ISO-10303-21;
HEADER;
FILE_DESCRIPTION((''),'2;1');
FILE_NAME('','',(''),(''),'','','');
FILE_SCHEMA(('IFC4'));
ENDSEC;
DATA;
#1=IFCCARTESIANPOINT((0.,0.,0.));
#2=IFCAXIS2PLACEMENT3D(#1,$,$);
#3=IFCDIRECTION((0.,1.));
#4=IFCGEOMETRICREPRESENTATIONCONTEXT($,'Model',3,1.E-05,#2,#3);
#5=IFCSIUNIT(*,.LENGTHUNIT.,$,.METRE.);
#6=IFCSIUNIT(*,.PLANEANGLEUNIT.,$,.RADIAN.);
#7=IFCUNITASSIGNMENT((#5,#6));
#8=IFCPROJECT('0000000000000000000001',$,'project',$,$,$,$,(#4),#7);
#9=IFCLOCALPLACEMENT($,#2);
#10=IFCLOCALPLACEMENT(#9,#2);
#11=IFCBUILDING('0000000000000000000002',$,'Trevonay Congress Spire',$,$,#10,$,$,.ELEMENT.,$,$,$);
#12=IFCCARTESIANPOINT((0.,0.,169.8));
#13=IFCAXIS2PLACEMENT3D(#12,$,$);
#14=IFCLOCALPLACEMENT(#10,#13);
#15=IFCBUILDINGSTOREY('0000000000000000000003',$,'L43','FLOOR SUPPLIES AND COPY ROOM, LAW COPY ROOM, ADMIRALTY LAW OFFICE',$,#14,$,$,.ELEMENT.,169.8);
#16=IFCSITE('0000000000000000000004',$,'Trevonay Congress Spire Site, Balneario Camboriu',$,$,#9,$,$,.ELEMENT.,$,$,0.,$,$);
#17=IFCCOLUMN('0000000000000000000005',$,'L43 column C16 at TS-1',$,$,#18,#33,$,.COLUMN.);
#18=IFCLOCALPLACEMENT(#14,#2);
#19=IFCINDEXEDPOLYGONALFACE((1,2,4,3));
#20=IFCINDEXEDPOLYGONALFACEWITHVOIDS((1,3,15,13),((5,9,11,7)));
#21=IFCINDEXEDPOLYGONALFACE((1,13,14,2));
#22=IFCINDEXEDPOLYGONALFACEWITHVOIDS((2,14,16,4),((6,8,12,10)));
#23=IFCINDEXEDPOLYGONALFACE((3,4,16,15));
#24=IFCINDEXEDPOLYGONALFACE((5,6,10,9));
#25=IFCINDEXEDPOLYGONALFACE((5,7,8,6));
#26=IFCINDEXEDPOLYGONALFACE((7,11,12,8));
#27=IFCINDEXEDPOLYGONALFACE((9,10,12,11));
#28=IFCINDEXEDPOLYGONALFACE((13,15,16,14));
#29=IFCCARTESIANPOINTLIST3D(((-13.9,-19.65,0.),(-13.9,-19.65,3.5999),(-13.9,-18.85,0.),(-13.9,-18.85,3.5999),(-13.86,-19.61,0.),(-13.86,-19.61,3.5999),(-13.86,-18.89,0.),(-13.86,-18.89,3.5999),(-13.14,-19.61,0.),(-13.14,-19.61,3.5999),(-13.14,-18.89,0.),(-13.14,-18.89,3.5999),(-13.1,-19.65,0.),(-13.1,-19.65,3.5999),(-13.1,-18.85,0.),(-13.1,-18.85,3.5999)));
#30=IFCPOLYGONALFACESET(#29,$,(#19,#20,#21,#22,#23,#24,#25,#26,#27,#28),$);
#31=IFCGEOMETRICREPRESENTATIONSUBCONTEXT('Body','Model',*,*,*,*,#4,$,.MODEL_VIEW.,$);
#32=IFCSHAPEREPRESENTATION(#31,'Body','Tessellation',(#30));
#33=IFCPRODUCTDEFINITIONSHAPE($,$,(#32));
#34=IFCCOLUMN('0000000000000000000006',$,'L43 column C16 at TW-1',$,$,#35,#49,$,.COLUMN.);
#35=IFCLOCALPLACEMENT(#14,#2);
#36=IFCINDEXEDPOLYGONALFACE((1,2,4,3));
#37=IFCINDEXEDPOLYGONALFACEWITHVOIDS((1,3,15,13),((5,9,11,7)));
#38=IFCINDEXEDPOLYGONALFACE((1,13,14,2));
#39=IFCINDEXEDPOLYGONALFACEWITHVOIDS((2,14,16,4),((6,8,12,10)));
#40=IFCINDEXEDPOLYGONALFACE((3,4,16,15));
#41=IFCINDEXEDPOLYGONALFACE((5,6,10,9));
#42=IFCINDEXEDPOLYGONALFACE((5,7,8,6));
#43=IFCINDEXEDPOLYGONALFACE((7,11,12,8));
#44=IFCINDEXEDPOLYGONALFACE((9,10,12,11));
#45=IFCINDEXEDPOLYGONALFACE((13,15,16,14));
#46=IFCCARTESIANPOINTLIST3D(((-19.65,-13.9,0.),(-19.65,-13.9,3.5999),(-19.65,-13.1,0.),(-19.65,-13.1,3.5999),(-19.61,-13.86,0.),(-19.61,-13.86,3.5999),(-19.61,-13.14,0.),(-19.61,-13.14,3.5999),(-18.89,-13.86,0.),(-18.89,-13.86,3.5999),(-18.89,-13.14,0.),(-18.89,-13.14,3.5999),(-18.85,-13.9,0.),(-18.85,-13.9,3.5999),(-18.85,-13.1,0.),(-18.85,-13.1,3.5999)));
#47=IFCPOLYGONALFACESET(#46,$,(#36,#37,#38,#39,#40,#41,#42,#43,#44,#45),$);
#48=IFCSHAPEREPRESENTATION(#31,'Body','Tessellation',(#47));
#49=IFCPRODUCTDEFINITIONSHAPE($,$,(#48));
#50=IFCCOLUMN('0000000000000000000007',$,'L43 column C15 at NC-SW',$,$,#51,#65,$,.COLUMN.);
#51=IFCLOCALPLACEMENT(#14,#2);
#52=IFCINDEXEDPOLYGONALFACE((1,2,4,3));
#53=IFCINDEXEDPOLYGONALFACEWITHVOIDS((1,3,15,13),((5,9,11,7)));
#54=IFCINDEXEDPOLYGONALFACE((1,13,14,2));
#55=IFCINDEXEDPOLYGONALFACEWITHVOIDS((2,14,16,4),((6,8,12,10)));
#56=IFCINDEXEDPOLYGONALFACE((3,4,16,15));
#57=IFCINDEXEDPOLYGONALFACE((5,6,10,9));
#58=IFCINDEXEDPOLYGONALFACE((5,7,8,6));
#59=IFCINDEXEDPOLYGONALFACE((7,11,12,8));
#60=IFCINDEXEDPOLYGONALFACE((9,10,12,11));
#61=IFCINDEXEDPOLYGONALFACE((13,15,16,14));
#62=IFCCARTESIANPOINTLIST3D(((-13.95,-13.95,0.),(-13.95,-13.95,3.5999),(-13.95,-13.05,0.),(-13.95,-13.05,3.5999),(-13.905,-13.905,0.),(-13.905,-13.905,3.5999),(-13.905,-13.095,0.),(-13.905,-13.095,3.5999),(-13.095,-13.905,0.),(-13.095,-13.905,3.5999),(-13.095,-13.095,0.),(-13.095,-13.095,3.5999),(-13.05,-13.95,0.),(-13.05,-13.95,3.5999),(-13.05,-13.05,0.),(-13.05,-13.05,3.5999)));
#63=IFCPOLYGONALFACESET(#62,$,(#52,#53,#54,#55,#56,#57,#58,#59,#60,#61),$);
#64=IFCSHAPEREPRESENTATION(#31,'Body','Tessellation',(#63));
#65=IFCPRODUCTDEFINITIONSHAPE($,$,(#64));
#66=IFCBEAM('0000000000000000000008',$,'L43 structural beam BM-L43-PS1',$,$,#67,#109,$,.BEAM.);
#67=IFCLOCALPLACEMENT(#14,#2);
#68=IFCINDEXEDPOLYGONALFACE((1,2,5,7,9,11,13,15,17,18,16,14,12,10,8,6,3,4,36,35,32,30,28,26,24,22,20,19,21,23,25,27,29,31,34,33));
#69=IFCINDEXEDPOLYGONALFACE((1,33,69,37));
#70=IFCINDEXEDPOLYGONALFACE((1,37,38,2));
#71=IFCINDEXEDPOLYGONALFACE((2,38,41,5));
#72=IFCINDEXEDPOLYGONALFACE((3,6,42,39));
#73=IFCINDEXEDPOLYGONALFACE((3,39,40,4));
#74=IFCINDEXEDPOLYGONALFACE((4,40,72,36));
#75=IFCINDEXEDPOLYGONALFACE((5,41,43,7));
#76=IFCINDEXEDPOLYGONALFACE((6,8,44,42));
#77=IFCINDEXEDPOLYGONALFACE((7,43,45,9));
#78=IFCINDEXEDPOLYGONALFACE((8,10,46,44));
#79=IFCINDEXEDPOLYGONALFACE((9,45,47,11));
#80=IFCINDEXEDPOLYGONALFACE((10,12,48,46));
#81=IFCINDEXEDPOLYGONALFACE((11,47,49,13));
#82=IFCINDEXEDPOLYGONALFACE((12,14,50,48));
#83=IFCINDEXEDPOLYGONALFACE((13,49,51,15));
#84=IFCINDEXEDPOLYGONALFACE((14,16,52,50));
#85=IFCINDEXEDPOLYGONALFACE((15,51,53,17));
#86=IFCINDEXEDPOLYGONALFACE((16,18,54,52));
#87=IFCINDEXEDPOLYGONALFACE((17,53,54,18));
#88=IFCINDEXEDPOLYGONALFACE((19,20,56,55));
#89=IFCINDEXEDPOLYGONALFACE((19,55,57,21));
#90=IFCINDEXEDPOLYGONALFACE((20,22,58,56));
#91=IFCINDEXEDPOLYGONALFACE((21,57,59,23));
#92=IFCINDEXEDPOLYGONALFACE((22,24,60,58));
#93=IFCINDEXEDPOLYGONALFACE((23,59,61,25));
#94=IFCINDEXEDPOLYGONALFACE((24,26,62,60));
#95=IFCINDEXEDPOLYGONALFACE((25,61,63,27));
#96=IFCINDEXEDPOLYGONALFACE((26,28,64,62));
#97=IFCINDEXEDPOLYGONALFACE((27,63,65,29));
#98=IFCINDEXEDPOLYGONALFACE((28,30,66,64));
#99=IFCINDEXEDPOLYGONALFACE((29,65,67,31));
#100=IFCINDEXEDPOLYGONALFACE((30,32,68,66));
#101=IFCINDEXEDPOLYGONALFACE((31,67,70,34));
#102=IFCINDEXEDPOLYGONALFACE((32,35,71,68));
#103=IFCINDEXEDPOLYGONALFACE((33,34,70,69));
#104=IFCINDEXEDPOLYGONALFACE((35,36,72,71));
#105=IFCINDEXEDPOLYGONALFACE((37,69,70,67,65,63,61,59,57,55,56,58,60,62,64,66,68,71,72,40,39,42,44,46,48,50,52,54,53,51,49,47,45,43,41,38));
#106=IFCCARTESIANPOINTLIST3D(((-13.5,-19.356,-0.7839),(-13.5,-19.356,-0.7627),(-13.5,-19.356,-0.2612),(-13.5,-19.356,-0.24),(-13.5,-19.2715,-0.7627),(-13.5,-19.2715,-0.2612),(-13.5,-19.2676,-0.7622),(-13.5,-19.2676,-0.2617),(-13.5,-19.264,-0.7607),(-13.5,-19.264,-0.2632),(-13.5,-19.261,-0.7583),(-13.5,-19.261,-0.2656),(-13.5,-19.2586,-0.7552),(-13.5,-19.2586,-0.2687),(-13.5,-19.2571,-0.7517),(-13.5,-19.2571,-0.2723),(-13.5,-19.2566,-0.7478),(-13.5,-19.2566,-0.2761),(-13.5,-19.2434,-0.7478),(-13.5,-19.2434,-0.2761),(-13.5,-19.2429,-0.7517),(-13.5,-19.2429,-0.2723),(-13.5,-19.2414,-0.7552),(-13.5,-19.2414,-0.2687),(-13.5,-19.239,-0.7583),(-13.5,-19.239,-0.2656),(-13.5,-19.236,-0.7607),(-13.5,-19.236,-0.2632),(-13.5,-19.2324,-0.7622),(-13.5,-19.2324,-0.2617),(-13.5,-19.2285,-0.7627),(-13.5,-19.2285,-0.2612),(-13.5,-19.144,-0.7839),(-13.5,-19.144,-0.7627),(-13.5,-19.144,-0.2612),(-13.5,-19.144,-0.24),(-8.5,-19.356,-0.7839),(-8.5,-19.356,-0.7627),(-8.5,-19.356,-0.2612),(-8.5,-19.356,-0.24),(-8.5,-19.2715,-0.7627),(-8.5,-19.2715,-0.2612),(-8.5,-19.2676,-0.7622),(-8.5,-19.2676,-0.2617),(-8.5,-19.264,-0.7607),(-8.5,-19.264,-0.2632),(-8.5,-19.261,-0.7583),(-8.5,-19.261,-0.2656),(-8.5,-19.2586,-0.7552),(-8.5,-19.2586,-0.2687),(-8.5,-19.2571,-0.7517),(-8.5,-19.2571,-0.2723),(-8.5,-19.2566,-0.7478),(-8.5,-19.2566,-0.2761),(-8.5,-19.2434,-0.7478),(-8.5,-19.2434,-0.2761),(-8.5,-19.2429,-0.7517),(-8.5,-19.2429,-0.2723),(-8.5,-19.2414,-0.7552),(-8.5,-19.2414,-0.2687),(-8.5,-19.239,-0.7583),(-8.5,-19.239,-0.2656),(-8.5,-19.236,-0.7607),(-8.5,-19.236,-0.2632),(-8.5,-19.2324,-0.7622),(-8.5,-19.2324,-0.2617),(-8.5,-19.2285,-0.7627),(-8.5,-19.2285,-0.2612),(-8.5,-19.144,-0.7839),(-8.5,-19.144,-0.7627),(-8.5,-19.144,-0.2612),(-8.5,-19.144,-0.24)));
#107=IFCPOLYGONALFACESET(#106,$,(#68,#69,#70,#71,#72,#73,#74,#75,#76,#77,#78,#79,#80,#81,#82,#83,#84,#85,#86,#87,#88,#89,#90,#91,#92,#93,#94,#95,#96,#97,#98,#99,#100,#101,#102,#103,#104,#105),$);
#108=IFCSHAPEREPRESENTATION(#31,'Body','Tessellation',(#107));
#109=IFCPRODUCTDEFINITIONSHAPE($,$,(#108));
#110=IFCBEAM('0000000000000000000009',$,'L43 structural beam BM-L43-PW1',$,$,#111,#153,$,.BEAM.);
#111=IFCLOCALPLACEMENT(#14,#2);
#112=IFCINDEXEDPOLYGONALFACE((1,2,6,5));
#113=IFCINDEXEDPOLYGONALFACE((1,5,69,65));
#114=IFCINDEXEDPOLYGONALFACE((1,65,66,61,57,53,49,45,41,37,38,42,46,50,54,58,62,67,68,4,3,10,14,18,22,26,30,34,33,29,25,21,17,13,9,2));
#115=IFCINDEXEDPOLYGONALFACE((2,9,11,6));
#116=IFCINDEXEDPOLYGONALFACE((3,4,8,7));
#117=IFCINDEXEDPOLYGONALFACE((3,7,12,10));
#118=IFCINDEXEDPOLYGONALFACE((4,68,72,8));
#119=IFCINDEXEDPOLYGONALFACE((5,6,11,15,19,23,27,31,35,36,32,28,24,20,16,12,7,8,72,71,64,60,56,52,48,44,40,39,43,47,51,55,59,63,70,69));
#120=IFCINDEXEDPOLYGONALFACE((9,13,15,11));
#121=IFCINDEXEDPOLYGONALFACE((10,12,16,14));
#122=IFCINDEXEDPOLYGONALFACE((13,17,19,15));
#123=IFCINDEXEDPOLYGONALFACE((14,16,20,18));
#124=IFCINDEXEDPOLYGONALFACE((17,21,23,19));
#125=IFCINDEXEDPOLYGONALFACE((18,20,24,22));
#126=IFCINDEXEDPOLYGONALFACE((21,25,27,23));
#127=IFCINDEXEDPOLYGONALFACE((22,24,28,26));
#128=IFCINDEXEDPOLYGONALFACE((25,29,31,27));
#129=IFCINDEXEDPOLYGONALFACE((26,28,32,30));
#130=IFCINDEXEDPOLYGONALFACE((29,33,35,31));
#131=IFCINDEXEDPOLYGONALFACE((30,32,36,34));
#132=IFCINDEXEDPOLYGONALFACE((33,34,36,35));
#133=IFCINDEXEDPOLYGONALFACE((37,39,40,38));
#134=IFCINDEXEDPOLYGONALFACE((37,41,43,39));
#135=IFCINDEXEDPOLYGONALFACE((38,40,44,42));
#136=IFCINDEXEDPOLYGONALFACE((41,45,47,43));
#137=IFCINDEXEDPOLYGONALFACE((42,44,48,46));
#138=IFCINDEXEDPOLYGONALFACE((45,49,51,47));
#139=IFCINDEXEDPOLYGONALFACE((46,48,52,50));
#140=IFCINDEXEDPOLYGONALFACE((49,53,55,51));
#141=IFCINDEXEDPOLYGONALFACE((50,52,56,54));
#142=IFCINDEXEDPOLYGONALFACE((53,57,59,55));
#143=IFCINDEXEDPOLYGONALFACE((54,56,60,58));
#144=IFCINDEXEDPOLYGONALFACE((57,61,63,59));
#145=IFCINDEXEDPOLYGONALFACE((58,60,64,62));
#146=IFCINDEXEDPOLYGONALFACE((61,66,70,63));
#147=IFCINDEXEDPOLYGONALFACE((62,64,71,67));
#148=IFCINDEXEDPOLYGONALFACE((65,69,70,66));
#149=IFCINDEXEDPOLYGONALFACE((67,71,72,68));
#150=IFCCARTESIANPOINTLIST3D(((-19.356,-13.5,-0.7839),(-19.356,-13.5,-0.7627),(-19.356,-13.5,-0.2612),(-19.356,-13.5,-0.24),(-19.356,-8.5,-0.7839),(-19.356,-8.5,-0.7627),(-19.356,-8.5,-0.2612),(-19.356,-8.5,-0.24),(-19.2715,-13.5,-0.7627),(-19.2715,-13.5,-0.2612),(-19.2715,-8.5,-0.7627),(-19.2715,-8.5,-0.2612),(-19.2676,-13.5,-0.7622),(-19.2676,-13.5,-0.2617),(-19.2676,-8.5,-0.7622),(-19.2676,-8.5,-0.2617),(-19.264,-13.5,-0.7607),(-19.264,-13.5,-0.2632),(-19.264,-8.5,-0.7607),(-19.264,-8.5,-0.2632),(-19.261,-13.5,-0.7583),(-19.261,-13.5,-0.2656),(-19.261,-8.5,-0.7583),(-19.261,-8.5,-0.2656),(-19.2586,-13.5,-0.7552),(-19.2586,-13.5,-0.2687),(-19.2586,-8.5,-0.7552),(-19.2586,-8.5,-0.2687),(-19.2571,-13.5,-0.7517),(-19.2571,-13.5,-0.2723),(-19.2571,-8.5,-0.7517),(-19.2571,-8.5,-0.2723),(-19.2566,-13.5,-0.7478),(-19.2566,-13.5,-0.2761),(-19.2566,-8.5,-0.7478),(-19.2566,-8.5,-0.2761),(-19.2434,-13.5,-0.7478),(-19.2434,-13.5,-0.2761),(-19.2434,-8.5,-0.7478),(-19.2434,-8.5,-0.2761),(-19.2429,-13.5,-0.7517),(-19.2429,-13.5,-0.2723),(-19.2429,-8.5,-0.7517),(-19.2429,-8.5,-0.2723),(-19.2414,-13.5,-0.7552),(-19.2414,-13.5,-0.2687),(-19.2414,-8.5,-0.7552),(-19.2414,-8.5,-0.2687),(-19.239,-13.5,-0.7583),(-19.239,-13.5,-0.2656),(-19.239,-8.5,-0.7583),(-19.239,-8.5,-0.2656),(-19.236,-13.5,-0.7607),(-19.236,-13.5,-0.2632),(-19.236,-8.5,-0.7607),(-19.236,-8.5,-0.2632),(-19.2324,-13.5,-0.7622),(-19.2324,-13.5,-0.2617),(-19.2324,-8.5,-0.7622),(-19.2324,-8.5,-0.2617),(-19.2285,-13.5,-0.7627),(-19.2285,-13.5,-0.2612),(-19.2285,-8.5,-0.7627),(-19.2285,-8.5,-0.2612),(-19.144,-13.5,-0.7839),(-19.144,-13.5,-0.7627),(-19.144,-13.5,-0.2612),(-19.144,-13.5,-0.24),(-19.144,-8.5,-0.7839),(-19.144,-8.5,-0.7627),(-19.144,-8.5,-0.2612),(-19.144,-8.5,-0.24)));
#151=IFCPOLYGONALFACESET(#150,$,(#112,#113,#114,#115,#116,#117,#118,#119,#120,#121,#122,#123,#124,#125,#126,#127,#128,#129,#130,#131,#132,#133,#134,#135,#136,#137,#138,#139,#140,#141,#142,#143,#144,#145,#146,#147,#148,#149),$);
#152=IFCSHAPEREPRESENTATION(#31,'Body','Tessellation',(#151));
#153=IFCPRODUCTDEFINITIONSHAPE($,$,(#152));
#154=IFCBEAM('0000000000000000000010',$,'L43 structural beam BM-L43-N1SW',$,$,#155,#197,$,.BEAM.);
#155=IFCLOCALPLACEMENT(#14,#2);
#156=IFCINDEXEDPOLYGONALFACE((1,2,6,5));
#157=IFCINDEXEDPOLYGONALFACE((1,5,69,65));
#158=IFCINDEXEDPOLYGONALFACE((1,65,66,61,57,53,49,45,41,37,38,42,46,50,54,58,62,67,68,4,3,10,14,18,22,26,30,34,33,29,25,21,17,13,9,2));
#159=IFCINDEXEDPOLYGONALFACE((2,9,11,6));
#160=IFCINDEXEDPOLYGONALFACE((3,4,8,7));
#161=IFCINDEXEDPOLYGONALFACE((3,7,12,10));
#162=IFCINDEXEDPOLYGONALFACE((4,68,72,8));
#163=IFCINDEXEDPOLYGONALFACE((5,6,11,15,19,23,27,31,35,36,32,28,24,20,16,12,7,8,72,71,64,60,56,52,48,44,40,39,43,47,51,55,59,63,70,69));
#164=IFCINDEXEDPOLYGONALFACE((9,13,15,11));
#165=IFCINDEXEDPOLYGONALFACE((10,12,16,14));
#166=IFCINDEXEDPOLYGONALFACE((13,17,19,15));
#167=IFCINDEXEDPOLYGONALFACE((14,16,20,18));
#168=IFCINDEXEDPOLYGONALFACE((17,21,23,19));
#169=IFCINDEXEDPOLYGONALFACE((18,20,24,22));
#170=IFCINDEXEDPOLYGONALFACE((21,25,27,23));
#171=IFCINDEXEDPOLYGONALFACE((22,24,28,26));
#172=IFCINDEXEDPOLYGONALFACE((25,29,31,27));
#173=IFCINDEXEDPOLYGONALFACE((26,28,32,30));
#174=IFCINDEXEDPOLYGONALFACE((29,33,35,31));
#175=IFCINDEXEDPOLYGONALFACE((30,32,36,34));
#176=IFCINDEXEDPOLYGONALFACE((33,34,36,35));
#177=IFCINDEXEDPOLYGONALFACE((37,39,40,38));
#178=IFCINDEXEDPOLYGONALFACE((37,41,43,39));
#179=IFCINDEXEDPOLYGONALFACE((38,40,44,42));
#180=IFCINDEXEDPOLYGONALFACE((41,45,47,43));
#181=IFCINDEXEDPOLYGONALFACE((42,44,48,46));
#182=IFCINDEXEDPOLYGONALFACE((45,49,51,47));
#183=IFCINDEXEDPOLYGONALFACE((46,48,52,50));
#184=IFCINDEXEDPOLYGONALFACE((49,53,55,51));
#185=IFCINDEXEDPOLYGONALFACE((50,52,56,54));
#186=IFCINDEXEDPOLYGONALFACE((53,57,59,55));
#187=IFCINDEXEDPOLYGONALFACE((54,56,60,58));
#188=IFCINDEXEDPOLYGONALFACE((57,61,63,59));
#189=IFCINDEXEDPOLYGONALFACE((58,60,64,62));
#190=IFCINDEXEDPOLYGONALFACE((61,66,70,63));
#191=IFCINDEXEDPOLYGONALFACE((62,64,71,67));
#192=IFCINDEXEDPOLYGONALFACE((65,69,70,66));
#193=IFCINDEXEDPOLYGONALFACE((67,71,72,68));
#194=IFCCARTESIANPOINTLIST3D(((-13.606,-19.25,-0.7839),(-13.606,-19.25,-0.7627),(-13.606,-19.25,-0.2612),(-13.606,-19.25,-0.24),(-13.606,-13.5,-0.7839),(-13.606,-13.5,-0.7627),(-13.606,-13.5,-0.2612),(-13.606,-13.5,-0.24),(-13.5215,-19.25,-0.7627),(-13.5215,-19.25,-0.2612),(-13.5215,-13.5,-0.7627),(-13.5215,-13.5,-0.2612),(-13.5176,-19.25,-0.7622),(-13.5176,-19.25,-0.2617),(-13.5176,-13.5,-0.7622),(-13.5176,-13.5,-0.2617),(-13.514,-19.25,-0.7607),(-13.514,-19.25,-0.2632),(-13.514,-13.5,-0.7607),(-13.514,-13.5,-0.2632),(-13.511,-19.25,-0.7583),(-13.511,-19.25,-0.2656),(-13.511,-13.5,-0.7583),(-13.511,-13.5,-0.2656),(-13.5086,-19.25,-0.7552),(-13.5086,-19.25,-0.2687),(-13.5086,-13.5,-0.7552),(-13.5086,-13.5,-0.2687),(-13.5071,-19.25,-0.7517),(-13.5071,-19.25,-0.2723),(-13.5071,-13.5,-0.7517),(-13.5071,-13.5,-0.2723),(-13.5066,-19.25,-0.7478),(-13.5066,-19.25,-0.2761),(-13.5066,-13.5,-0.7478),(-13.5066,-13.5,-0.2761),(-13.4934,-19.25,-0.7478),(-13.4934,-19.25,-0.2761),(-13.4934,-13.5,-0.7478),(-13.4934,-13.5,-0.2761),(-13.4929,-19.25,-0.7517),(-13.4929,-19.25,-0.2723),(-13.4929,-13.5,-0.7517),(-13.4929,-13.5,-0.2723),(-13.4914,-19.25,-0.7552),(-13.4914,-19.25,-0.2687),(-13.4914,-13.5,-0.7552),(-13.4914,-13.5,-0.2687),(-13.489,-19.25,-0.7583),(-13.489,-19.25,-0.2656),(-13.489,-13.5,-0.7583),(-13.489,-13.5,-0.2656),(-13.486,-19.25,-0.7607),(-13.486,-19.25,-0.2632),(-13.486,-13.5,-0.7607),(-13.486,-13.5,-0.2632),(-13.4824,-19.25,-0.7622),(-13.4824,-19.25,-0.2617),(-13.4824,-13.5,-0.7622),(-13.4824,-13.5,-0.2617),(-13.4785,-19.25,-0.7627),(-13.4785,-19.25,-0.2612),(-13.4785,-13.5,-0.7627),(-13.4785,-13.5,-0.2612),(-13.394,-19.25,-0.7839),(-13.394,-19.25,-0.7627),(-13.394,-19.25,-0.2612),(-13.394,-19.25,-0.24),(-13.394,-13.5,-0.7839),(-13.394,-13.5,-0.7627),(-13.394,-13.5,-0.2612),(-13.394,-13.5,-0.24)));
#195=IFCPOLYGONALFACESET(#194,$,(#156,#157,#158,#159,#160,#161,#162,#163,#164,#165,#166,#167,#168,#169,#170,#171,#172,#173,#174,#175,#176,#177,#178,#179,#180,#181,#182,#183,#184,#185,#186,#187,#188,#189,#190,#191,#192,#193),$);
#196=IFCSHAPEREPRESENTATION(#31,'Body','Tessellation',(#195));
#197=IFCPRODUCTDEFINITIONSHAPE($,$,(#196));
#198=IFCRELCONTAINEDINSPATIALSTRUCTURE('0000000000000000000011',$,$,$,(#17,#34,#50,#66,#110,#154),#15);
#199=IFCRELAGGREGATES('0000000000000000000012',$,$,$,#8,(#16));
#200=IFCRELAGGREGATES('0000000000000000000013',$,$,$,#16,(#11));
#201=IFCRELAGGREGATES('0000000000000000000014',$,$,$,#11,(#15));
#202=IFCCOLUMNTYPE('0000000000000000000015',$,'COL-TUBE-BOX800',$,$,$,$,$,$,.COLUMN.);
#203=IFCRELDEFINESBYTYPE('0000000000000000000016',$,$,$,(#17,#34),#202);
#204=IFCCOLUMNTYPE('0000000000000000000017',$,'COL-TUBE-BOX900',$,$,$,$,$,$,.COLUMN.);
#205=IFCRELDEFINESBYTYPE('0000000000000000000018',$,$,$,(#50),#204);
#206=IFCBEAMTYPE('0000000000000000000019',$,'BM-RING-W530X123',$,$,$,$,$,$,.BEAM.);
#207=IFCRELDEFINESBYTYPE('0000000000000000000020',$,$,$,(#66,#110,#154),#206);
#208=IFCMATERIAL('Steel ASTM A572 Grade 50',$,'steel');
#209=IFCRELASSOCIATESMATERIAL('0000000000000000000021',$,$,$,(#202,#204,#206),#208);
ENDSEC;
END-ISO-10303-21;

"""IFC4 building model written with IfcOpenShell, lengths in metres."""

from ifc_helpers import new_model, si_unit, direction, frame, origin, origin_2d, place, context, subcontext, project, spatial, hollow_rectangle, i_section, extrude, material, material_profile, profile_set, type_object, element, save


model = new_model("IFC4")

# Units and contexts
model_context = context("Model", 3, precision=1e-05, world=origin(), true_north=direction((0.0, 1.0)))
body_context = subcontext(model_context, "Body", "Model", "MODEL_VIEW")
ifc_project = project(units=[si_unit("LENGTHUNIT", "METRE"), si_unit("PLANEANGLEUNIT", "RADIAN")], contexts=[model_context])

# Site, building, storey
site_placement = place(None, origin())
site = spatial("IfcSite", under=ifc_project, at=site_placement, Name="Trevonay Congress Spire Site, Balneario Camboriu", CompositionType="ELEMENT", RefElevation=0.0)
building_placement = place(site_placement, origin())
building = spatial("IfcBuilding", under=site, at=building_placement, Name="Trevonay Congress Spire", CompositionType="ELEMENT")
storey_placement = place(building_placement, frame((0.0, 0.0, 169.8)))
storey = spatial("IfcBuildingStorey", under=building, at=storey_placement, Name="L43", Description="FLOOR SUPPLIES AND COPY ROOM, LAW COPY ROOM, ADMIRALTY LAW OFFICE", CompositionType="ELEMENT", Elevation=169.8)

# Columns
ifc_material_1 = material(Name="Steel ASTM A572 Grade 50", Category="steel")
ifc_material_profile_1 = material_profile(ifc_material_1, hollow_rectangle(XDim=0.8, YDim=0.8, WallThickness=0.04, at=origin_2d()), Name="BOX 800x800x40")
ifc_profile_set_1 = profile_set([ifc_material_profile_1], Name="Steel ASTM A572 Grade 50")
column_type_1 = type_object("IfcColumnType", Name="COL-TUBE-BOX800", PredefinedType="COLUMN", material=ifc_profile_set_1)
for number, where, z_axis, x_axis, name in (
    (1, (-13.5, -19.25, 0.0), (0.0, 0.0, 1.0), (1.0, 0.0, 0.0), "L43 column C16 at TS-1"),
    (2, (-19.25, -13.5, 0.0), (0.0, 0.0, 1.0), (1.0, 0.0, 0.0), "L43 column C16 at TW-1"),
):
    element("IfcColumn", number, at=place(storey_placement, frame(where, z_axis=z_axis, x_axis=x_axis)), inside=storey, type_object=column_type_1, Name=name, PredefinedType="COLUMN", context=body_context, shape_type="SweptSolid", body=[
        extrude(hollow_rectangle(XDim=0.8, YDim=0.8, WallThickness=0.04, at=origin_2d()), origin(), (0.0, 0.0, 1.0), 3.5999),
    ])
ifc_material_profile_2 = material_profile(ifc_material_1, hollow_rectangle(XDim=0.8999, YDim=0.8999, WallThickness=0.0449, at=origin_2d()), Name="BOX 900x900x45")
ifc_profile_set_2 = profile_set([ifc_material_profile_2], Name="Steel ASTM A572 Grade 50")
column_type_2 = type_object("IfcColumnType", Name="COL-TUBE-BOX900", PredefinedType="COLUMN", material=ifc_profile_set_2)
column_placement = place(storey_placement, frame((-13.5, -13.5, 0.0), z_axis=(0.0, 0.0, 1.0), x_axis=(1.0, 0.0, 0.0)))
element("IfcColumn", 3, at=column_placement, inside=storey, type_object=column_type_2, Name="L43 column C15 at NC-SW", PredefinedType="COLUMN", context=body_context, shape_type="SweptSolid", body=[
    extrude(hollow_rectangle(XDim=0.8999, YDim=0.8999, WallThickness=0.0449, at=origin_2d()), origin(), (0.0, 0.0, 1.0), 3.5999),
])

# Beams
ifc_material_profile_3 = material_profile(ifc_material_1, i_section(OverallWidth=0.2119, OverallDepth=0.5439, WebThickness=0.0132, FlangeThickness=0.0212, FilletRadius=0.0149, at=origin_2d()), Name="W530x123")
ifc_profile_set_3 = profile_set([ifc_material_profile_3], Name="Steel ASTM A572 Grade 50")
beam_type_1 = type_object("IfcBeamType", Name="BM-RING-W530X123", PredefinedType="BEAM", material=ifc_profile_set_3)
for number, where, z_axis, x_axis, name in (
    (4, (-13.5, -19.25, -0.512), (1.0, 0.0, 0.0), (0.0, 1.0, 0.0), "L43 structural beam BM-L43-PS1"),
    (5, (-19.25, -13.5, -0.512), (0.0, 1.0, 0.0), (-1.0, 0.0, 0.0), "L43 structural beam BM-L43-PW1"),
):
    element("IfcBeam", number, at=place(storey_placement, frame(where, z_axis=z_axis, x_axis=x_axis)), inside=storey, type_object=beam_type_1, Name=name, PredefinedType="BEAM", context=body_context, shape_type="SweptSolid", body=[
        extrude(i_section(OverallWidth=0.2119, OverallDepth=0.5439, WebThickness=0.0132, FlangeThickness=0.0212, FilletRadius=0.0149, at=origin_2d()), origin(), (0.0, 0.0, 1.0), 5.0),
    ])
for number, where, z_axis, x_axis, name in (
    (6, (-13.5, -19.25, -0.512), (0.0, 1.0, 0.0), (-1.0, 0.0, 0.0), "L43 structural beam BM-L43-N1SW"),
):
    element("IfcBeam", number, at=place(storey_placement, frame(where, z_axis=z_axis, x_axis=x_axis)), inside=storey, type_object=beam_type_1, Name=name, PredefinedType="BEAM", context=body_context, shape_type="SweptSolid", body=[
        extrude(i_section(OverallWidth=0.2119, OverallDepth=0.5439, WebThickness=0.0132, FlangeThickness=0.0212, FilletRadius=0.0149, at=origin_2d()), origin(), (0.0, 0.0, 1.0), 5.75),
    ])

save(model, "model.ifc")
